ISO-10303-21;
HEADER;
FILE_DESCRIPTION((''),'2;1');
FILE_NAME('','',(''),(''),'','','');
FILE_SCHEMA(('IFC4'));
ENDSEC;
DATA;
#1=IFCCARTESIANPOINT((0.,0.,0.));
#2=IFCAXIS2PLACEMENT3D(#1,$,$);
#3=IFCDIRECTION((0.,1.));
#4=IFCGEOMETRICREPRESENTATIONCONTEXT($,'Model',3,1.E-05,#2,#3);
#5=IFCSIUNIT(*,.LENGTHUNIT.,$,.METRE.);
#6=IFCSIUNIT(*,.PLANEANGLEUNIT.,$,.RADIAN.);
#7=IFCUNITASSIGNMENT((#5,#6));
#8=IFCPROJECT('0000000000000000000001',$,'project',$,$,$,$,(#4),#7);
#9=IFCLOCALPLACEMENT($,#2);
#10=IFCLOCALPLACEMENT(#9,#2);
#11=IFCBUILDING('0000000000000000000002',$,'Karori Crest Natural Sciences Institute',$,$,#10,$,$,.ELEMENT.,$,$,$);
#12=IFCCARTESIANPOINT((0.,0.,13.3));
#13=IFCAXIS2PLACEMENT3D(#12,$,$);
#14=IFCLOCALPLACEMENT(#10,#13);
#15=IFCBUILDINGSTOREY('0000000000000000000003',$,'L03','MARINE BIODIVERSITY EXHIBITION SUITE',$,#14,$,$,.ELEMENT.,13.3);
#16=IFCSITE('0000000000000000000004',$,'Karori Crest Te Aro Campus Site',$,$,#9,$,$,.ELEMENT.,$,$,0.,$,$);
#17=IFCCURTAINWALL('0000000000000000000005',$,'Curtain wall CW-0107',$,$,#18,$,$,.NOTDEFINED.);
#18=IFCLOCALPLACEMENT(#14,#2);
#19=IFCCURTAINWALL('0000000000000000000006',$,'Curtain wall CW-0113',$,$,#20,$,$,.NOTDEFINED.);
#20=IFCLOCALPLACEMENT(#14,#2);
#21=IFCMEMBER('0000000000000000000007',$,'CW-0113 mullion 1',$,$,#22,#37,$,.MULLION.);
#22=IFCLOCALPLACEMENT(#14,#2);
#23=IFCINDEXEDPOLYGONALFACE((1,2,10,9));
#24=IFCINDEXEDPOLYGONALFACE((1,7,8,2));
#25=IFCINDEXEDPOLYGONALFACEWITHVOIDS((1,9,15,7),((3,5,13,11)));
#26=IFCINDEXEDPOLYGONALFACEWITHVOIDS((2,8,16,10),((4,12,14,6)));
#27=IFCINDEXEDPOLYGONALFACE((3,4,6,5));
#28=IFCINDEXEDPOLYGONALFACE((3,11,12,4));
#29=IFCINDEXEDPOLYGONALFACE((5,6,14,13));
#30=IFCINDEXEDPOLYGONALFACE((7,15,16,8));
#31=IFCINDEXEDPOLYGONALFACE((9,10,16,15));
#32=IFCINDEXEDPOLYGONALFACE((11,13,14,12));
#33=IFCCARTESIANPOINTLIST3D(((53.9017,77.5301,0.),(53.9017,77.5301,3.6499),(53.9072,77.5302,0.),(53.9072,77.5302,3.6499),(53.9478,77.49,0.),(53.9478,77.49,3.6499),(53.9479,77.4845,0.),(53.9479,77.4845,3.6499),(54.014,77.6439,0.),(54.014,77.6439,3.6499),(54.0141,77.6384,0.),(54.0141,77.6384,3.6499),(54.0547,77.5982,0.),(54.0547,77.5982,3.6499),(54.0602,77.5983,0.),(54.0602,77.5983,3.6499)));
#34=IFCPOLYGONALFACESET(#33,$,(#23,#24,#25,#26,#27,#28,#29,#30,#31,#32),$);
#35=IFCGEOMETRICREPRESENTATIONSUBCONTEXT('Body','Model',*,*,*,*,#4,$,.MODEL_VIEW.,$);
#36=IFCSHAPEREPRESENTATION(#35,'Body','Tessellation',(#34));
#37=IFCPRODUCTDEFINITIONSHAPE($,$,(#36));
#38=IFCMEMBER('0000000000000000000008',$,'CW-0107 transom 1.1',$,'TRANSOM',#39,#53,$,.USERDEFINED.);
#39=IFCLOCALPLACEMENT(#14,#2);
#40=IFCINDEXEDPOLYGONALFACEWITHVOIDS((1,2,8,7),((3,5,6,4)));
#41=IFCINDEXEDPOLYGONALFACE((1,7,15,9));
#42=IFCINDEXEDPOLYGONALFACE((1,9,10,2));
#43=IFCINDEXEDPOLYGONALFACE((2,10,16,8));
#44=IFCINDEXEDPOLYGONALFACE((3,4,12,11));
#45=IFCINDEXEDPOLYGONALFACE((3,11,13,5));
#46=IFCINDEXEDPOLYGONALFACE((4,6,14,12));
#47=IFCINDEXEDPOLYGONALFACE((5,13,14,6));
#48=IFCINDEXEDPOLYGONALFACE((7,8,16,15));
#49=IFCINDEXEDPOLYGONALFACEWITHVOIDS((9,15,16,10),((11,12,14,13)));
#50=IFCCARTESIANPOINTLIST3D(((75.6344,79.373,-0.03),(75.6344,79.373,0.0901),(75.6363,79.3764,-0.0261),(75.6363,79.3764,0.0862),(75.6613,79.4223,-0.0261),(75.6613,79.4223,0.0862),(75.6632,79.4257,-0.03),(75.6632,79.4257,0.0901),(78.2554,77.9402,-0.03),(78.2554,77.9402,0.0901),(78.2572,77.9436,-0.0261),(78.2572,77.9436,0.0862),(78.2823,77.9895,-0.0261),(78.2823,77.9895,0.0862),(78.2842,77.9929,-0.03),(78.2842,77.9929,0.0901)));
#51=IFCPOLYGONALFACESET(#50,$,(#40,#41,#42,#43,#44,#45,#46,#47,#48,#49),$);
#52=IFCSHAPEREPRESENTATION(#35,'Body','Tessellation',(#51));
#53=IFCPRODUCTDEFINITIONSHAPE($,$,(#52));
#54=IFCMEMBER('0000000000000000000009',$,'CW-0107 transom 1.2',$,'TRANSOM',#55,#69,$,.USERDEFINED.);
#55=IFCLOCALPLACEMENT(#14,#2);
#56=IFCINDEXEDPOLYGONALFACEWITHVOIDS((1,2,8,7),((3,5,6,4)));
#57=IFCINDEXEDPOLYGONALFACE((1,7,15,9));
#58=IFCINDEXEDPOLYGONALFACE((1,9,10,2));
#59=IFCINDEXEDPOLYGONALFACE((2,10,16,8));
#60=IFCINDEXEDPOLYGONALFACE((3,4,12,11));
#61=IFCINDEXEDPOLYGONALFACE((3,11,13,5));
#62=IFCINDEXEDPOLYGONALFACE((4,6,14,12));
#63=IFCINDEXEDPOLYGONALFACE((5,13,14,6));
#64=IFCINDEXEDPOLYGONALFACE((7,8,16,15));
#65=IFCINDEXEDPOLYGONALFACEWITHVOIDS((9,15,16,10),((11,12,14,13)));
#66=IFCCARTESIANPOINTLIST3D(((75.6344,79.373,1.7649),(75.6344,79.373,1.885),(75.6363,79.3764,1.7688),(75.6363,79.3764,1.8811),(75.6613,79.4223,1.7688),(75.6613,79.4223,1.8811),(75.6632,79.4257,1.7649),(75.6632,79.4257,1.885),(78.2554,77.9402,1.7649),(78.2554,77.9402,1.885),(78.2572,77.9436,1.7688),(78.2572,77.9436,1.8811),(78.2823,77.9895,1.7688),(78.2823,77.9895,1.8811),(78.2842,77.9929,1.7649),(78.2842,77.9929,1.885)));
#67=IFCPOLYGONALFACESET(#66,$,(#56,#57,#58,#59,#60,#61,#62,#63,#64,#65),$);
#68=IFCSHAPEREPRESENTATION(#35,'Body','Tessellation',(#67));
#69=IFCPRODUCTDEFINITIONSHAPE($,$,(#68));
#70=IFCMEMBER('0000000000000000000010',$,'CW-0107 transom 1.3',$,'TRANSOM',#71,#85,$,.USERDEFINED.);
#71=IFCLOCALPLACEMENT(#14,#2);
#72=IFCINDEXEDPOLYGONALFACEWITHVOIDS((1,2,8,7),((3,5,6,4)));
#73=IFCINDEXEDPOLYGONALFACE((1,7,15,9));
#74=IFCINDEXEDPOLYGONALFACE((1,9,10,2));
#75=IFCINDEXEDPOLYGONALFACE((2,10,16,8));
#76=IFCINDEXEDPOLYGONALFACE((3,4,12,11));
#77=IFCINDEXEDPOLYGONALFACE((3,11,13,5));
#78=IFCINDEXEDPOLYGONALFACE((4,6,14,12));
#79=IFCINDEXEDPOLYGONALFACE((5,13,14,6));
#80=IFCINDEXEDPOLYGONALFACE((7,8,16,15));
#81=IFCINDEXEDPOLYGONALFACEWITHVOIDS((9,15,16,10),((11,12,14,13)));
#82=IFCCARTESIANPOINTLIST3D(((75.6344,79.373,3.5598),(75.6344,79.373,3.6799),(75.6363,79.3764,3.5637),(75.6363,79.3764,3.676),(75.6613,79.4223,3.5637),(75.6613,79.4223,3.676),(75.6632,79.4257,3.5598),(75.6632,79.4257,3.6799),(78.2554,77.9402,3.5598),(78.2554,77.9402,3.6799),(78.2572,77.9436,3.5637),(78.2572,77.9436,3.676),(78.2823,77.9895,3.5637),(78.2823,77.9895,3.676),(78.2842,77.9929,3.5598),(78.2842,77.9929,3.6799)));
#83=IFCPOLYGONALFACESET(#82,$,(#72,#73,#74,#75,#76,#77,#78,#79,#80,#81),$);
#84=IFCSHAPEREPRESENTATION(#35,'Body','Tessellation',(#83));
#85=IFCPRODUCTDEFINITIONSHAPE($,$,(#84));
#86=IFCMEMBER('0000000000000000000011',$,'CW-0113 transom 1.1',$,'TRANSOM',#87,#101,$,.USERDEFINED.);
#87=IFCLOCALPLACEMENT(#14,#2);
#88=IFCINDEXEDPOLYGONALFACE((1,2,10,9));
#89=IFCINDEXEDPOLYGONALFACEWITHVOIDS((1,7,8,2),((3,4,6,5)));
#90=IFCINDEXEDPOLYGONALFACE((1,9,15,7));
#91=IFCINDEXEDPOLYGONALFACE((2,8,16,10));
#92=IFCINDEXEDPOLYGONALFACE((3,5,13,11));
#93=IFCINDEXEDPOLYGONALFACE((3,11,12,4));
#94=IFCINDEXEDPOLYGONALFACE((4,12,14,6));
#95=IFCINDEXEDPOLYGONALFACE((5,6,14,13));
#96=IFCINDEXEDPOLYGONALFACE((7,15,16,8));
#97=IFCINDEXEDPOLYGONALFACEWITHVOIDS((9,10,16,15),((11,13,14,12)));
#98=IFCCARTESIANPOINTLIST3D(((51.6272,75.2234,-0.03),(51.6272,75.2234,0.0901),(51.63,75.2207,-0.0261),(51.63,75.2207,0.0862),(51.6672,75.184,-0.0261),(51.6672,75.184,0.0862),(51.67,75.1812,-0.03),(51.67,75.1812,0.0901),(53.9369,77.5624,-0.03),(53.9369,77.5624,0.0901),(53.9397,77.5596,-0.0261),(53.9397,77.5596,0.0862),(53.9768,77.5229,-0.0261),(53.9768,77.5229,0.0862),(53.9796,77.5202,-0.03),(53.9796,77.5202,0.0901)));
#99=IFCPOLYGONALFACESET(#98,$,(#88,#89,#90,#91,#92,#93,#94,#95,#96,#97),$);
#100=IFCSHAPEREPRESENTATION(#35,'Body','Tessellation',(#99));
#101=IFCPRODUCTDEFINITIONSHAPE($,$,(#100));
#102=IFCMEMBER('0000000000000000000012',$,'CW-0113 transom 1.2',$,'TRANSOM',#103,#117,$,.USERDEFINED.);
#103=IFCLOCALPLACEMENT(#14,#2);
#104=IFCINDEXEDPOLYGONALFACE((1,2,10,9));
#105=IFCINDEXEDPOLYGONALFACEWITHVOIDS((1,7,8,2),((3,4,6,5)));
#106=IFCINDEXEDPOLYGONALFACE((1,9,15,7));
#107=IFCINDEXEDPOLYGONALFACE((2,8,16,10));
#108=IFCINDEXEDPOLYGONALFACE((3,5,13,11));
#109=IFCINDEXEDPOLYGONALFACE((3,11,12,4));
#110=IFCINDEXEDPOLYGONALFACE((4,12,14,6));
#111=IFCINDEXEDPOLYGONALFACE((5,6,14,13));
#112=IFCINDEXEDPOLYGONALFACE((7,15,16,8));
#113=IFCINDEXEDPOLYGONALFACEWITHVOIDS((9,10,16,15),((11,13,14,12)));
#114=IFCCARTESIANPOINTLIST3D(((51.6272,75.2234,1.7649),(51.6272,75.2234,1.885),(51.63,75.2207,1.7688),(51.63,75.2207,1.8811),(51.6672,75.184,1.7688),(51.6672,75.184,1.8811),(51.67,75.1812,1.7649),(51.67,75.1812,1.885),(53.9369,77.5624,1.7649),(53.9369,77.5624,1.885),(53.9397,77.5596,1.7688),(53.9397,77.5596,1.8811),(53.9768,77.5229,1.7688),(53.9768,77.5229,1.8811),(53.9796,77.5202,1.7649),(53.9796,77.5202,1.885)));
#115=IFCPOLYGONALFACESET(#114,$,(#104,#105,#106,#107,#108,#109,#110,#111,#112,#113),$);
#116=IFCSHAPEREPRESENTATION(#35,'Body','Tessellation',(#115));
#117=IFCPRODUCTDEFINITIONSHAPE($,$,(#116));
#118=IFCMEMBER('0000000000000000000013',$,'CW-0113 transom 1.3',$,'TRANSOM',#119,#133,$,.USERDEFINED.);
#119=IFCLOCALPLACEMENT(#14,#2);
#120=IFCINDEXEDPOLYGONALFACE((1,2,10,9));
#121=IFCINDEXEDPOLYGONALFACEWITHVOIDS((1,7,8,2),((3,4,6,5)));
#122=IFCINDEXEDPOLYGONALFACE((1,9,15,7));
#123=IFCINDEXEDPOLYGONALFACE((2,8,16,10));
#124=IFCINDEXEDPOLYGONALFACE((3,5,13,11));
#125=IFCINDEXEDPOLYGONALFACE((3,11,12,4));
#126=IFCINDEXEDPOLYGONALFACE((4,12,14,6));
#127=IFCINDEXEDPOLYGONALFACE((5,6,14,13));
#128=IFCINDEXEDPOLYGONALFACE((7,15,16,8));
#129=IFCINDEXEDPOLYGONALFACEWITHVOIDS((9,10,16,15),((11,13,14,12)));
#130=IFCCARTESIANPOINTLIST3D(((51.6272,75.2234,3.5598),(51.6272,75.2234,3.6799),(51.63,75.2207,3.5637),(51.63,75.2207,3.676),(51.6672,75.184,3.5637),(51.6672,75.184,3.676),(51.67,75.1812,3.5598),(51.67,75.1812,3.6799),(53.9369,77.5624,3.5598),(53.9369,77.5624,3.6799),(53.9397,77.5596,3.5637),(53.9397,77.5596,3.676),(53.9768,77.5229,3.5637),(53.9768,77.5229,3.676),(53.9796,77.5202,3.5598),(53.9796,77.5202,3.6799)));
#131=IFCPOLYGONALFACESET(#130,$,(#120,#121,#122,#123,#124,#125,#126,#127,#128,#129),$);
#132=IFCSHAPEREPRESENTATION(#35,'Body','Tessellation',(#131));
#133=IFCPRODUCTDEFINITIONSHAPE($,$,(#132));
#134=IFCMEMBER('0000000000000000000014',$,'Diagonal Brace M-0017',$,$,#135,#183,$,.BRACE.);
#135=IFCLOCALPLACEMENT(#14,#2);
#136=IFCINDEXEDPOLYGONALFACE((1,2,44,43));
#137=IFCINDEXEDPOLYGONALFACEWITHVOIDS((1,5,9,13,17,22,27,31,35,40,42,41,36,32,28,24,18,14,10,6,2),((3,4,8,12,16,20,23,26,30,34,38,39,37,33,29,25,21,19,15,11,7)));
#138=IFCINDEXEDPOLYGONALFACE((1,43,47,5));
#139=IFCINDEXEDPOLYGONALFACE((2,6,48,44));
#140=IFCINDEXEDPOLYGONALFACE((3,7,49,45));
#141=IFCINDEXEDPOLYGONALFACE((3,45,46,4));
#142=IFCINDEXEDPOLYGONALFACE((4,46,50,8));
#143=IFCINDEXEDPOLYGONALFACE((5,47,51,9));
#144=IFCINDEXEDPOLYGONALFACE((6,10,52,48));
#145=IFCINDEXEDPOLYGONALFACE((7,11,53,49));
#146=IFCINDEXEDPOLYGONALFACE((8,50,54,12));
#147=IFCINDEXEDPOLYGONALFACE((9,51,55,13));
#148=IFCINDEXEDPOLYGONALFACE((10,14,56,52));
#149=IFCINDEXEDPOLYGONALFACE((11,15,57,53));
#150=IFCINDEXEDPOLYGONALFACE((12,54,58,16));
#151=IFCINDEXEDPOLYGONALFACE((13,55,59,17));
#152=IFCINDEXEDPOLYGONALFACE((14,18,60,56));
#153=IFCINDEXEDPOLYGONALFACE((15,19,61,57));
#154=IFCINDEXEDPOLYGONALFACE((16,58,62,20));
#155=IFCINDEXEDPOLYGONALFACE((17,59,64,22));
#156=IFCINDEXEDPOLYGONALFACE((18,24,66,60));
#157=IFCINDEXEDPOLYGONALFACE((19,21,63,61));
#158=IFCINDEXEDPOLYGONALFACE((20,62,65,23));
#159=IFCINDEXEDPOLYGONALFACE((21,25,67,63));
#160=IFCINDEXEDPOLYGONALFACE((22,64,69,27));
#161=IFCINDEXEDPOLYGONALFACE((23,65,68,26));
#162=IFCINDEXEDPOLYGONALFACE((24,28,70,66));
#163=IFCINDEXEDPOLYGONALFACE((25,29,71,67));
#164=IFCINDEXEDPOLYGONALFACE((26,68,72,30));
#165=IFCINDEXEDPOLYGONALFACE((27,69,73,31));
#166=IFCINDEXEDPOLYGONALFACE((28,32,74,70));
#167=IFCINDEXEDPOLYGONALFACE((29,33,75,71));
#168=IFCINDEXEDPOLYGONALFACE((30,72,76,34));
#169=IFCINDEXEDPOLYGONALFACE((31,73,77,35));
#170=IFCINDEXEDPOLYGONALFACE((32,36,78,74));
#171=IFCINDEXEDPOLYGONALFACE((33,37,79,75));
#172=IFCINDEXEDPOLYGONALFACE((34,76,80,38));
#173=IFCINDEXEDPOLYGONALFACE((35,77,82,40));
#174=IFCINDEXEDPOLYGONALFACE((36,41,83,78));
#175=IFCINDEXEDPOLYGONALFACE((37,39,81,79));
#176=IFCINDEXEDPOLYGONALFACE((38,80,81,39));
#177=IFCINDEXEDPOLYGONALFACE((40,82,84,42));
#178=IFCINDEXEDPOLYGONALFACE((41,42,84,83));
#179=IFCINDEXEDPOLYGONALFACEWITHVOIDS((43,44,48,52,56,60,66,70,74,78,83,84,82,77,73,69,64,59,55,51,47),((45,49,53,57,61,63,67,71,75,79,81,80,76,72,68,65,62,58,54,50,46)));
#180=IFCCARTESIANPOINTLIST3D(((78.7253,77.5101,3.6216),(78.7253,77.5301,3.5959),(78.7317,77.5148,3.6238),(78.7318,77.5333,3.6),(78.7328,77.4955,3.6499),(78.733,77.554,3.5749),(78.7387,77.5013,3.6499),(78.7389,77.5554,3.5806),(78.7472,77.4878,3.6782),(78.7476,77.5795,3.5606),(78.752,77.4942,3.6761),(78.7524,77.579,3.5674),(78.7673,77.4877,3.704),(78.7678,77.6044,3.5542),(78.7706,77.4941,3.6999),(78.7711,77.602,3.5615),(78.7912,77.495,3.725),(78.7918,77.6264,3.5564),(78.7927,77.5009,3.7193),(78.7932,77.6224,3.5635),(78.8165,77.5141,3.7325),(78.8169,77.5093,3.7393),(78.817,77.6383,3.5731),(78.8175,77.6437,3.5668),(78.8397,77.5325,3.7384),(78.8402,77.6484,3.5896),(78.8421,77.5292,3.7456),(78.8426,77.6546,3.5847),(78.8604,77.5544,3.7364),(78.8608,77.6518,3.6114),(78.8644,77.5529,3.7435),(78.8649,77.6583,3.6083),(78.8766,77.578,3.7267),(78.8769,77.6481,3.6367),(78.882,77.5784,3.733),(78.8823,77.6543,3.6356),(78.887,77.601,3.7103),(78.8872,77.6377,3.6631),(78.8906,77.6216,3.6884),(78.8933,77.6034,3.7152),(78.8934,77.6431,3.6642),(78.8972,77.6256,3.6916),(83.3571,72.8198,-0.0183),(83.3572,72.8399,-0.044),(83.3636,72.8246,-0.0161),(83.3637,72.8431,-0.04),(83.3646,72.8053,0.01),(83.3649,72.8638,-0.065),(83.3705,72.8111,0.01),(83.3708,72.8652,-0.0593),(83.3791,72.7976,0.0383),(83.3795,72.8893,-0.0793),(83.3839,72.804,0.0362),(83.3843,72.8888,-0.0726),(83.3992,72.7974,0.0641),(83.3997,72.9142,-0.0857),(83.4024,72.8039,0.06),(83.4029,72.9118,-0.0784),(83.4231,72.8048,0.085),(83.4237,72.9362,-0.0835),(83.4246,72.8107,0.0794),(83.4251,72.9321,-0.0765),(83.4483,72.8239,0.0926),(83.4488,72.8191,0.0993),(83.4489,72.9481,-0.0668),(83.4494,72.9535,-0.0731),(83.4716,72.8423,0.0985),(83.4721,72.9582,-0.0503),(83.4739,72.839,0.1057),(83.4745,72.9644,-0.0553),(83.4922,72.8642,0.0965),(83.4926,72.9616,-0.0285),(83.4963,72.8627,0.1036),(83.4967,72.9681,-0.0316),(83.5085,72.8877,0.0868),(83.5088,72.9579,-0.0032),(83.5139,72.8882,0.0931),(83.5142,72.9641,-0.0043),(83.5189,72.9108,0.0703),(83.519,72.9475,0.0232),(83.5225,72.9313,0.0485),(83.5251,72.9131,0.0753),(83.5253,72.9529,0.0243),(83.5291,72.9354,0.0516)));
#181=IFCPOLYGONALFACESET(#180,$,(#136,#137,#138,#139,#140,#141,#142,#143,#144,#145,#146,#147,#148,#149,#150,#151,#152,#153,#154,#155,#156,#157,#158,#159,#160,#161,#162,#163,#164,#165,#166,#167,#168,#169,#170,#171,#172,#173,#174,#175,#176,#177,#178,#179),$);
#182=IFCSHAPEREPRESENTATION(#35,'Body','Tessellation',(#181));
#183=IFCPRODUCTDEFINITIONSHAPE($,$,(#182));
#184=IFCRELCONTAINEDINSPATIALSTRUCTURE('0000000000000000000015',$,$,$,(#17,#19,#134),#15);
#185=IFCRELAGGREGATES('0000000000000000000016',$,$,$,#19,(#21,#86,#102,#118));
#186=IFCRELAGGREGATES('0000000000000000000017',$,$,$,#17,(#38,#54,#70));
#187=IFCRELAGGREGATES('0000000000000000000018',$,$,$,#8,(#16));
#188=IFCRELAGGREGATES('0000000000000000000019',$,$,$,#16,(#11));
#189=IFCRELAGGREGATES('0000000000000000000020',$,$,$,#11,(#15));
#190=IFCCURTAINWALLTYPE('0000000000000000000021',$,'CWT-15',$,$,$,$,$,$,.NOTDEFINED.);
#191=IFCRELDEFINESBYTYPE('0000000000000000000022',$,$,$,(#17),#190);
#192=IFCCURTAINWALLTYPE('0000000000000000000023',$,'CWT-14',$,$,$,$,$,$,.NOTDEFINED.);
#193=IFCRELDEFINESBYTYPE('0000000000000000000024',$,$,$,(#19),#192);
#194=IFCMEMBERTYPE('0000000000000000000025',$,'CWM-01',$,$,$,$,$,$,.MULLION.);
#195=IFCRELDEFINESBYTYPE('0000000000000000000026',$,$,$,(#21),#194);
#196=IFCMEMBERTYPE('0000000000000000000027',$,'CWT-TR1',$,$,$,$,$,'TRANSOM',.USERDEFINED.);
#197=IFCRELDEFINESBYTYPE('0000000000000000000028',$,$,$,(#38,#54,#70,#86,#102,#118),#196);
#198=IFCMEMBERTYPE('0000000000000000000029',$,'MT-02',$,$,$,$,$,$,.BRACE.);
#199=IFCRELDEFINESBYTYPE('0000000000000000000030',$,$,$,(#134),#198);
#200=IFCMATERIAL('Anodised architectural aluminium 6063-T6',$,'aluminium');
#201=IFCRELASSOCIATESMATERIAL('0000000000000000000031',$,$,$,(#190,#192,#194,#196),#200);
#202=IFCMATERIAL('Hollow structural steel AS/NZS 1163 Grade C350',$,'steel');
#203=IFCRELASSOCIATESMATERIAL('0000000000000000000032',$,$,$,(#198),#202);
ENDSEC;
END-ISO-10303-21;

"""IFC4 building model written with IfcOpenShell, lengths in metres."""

from ifc_helpers import new_model, si_unit, direction, frame, origin, origin_2d, place, context, subcontext, project, spatial, hollow_rectangle, hollow_circle, extrude, material, material_profile, profile_set, type_object, element, aggregate, save


model = new_model("IFC4")

# Units and contexts
model_context = context("Model", 3, precision=1e-05, world=origin(), true_north=direction((0.0, 1.0)))
body_context = subcontext(model_context, "Body", "Model", "MODEL_VIEW")
ifc_project = project(units=[si_unit("LENGTHUNIT", "METRE"), si_unit("PLANEANGLEUNIT", "RADIAN")], contexts=[model_context])

# Site, building, storey
site_placement = place(None, origin())
site = spatial("IfcSite", under=ifc_project, at=site_placement, Name="Karori Crest Te Aro Campus Site", CompositionType="ELEMENT", RefElevation=0.0)
building_placement = place(site_placement, origin())
building = spatial("IfcBuilding", under=site, at=building_placement, Name="Karori Crest Natural Sciences Institute", CompositionType="ELEMENT")
storey_placement = place(building_placement, frame((0.0, 0.0, 13.3)))
storey = spatial("IfcBuildingStorey", under=building, at=storey_placement, Name="L03", Description="MARINE BIODIVERSITY EXHIBITION SUITE", CompositionType="ELEMENT", Elevation=13.3)

# Shared definitions
ifc_material_1 = material(Name="Hollow structural steel AS/NZS 1163 Grade C350", Category="steel")

# Curtain walls, member
ifc_material_2 = material(Name="Anodised architectural aluminium 6063-T6", Category="aluminium")
curtain_wall_type_1 = type_object("IfcCurtainWallType", Name="CWT-15", PredefinedType="NOTDEFINED", material=ifc_material_2)
curtain_wall_1_placement = place(storey_placement, origin())
curtain_wall_1 = element("IfcCurtainWall", 1, at=curtain_wall_1_placement, inside=storey, type_object=curtain_wall_type_1, Name="Curtain wall CW-0107", PredefinedType="NOTDEFINED")
ifc_material_profile_1 = material_profile(ifc_material_2, hollow_rectangle(XDim=0.0649, YDim=0.1599, WallThickness=0.0039, at=origin_2d()), Name="CWM160x65x4")
ifc_profile_set_1 = profile_set([ifc_material_profile_1], Name="Anodised architectural aluminium 6063-T6")
member_type_1 = type_object("IfcMemberType", Name="CWM-01", PredefinedType="MULLION", material=ifc_profile_set_1)
curtain_wall_type_2 = type_object("IfcCurtainWallType", Name="CWT-14", PredefinedType="NOTDEFINED", material=ifc_material_2)
curtain_wall_2_placement = place(storey_placement, origin())
curtain_wall_2 = element("IfcCurtainWall", 2, at=curtain_wall_2_placement, inside=storey, type_object=curtain_wall_type_2, Name="Curtain wall CW-0113", PredefinedType="NOTDEFINED")
member_1_placement = place(storey_placement, frame((53.981, 77.5642, 0.0), z_axis=(0.0, 0.0, 1.0), x_axis=(0.711525, -0.702661, 0.0)))
member_1 = element("IfcMember", 3, at=member_1_placement, type_object=member_type_1, Name="CW-0113 mullion 1", PredefinedType="MULLION", context=body_context, shape_type="SweptSolid", body=[
    extrude(hollow_rectangle(XDim=0.0649, YDim=0.1599, WallThickness=0.0039, at=origin_2d()), origin(), (0.0, 0.0, 1.0), 3.6499),
])

# Members
ifc_material_profile_2 = material_profile(ifc_material_2, hollow_rectangle(XDim=0.0601, YDim=0.1201, WallThickness=0.0039, at=origin_2d()), Name="CWT120x60x4")
ifc_profile_set_2 = profile_set([ifc_material_profile_2], Name="Anodised architectural aluminium 6063-T6")
member_type_2 = type_object("IfcMemberType", Name="CWT-TR1", ElementType="TRANSOM", PredefinedType="USERDEFINED", material=ifc_profile_set_2)
member_2_placement = place(storey_placement, frame((78.2698, 77.9666, 0.03), z_axis=(-0.877449, 0.479671, 0.0), x_axis=(-0.479671, -0.877449, 0.0)))
member_2 = element("IfcMember", 4, at=member_2_placement, type_object=member_type_2, Name="CW-0107 transom 1.1", ObjectType="TRANSOM", PredefinedType="USERDEFINED", context=body_context, shape_type="SweptSolid", body=[
    extrude(hollow_rectangle(XDim=0.0601, YDim=0.1201, WallThickness=0.0039, at=origin_2d()), origin(), (0.0, 0.0, 1.0), 2.9871),
])
member_3_placement = place(storey_placement, frame((78.2698, 77.9666, 1.825), z_axis=(-0.877449, 0.479671, 0.0), x_axis=(-0.479671, -0.877449, 0.0)))
member_3 = element("IfcMember", 5, at=member_3_placement, type_object=member_type_2, Name="CW-0107 transom 1.2", ObjectType="TRANSOM", PredefinedType="USERDEFINED", context=body_context, shape_type="SweptSolid", body=[
    extrude(hollow_rectangle(XDim=0.0601, YDim=0.1201, WallThickness=0.0039, at=origin_2d()), origin(), (0.0, 0.0, 1.0), 2.9871),
])
member_4_placement = place(storey_placement, frame((78.2698, 77.9666, 3.6199), z_axis=(-0.877449, 0.479671, 0.0), x_axis=(-0.479671, -0.877449, 0.0)))
member_4 = element("IfcMember", 6, at=member_4_placement, type_object=member_type_2, Name="CW-0107 transom 1.3", ObjectType="TRANSOM", PredefinedType="USERDEFINED", context=body_context, shape_type="SweptSolid", body=[
    extrude(hollow_rectangle(XDim=0.0601, YDim=0.1201, WallThickness=0.0039, at=origin_2d()), origin(), (0.0, 0.0, 1.0), 2.9871),
])
member_5_placement = place(storey_placement, frame((53.9583, 77.5413, 0.03), z_axis=(-0.702636, -0.711549, 0.0), x_axis=(0.711549, -0.702636, 0.0)))
member_5 = element("IfcMember", 7, at=member_5_placement, type_object=member_type_2, Name="CW-0113 transom 1.1", ObjectType="TRANSOM", PredefinedType="USERDEFINED", context=body_context, shape_type="SweptSolid", body=[
    extrude(hollow_rectangle(XDim=0.0601, YDim=0.1201, WallThickness=0.0039, at=origin_2d()), origin(), (0.0, 0.0, 1.0), 3.2871),
])
member_6_placement = place(storey_placement, frame((53.9583, 77.5413, 1.825), z_axis=(-0.702636, -0.711549, 0.0), x_axis=(0.711549, -0.702636, 0.0)))
member_6 = element("IfcMember", 8, at=member_6_placement, type_object=member_type_2, Name="CW-0113 transom 1.2", ObjectType="TRANSOM", PredefinedType="USERDEFINED", context=body_context, shape_type="SweptSolid", body=[
    extrude(hollow_rectangle(XDim=0.0601, YDim=0.1201, WallThickness=0.0039, at=origin_2d()), origin(), (0.0, 0.0, 1.0), 3.2871),
])
member_7_placement = place(storey_placement, frame((53.9583, 77.5413, 3.6199), z_axis=(-0.702636, -0.711549, 0.0), x_axis=(0.711549, -0.702636, 0.0)))
member_7 = element("IfcMember", 9, at=member_7_placement, type_object=member_type_2, Name="CW-0113 transom 1.3", ObjectType="TRANSOM", PredefinedType="USERDEFINED", context=body_context, shape_type="SweptSolid", body=[
    extrude(hollow_rectangle(XDim=0.0601, YDim=0.1201, WallThickness=0.0039, at=origin_2d()), origin(), (0.0, 0.0, 1.0), 3.2871),
])
aggregate(curtain_wall_2, [member_1, member_5, member_6, member_7])
ifc_material_profile_3 = material_profile(ifc_material_1, hollow_circle(Radius=0.1096, WallThickness=0.0083, at=origin_2d()), Name="CHS219.1x8.2")
ifc_profile_set_3 = profile_set([ifc_material_profile_3], Name="Hollow structural steel AS/NZS 1163 Grade C350")
member_type_3 = type_object("IfcMemberType", Name="MT-02", PredefinedType="BRACE", material=ifc_profile_set_3)
member_8_placement = place(storey_placement, frame((83.4426, 72.8823, 0.01), z_axis=(-0.615119, 0.622868, 0.483387), x_axis=(-0.711519, -0.702667, 0.0)))
element("IfcMember", 10, at=member_8_placement, inside=storey, type_object=member_type_3, Name="Diagonal Brace M-0017", PredefinedType="BRACE", context=body_context, shape_type="SweptSolid", body=[
    extrude(hollow_circle(Radius=0.1096, WallThickness=0.0083, at=origin_2d()), origin(), (0.0, 0.0, 1.0), 7.53),
])

aggregate(curtain_wall_1, [member_2, member_3, member_4])

save(model, "model.ifc")
